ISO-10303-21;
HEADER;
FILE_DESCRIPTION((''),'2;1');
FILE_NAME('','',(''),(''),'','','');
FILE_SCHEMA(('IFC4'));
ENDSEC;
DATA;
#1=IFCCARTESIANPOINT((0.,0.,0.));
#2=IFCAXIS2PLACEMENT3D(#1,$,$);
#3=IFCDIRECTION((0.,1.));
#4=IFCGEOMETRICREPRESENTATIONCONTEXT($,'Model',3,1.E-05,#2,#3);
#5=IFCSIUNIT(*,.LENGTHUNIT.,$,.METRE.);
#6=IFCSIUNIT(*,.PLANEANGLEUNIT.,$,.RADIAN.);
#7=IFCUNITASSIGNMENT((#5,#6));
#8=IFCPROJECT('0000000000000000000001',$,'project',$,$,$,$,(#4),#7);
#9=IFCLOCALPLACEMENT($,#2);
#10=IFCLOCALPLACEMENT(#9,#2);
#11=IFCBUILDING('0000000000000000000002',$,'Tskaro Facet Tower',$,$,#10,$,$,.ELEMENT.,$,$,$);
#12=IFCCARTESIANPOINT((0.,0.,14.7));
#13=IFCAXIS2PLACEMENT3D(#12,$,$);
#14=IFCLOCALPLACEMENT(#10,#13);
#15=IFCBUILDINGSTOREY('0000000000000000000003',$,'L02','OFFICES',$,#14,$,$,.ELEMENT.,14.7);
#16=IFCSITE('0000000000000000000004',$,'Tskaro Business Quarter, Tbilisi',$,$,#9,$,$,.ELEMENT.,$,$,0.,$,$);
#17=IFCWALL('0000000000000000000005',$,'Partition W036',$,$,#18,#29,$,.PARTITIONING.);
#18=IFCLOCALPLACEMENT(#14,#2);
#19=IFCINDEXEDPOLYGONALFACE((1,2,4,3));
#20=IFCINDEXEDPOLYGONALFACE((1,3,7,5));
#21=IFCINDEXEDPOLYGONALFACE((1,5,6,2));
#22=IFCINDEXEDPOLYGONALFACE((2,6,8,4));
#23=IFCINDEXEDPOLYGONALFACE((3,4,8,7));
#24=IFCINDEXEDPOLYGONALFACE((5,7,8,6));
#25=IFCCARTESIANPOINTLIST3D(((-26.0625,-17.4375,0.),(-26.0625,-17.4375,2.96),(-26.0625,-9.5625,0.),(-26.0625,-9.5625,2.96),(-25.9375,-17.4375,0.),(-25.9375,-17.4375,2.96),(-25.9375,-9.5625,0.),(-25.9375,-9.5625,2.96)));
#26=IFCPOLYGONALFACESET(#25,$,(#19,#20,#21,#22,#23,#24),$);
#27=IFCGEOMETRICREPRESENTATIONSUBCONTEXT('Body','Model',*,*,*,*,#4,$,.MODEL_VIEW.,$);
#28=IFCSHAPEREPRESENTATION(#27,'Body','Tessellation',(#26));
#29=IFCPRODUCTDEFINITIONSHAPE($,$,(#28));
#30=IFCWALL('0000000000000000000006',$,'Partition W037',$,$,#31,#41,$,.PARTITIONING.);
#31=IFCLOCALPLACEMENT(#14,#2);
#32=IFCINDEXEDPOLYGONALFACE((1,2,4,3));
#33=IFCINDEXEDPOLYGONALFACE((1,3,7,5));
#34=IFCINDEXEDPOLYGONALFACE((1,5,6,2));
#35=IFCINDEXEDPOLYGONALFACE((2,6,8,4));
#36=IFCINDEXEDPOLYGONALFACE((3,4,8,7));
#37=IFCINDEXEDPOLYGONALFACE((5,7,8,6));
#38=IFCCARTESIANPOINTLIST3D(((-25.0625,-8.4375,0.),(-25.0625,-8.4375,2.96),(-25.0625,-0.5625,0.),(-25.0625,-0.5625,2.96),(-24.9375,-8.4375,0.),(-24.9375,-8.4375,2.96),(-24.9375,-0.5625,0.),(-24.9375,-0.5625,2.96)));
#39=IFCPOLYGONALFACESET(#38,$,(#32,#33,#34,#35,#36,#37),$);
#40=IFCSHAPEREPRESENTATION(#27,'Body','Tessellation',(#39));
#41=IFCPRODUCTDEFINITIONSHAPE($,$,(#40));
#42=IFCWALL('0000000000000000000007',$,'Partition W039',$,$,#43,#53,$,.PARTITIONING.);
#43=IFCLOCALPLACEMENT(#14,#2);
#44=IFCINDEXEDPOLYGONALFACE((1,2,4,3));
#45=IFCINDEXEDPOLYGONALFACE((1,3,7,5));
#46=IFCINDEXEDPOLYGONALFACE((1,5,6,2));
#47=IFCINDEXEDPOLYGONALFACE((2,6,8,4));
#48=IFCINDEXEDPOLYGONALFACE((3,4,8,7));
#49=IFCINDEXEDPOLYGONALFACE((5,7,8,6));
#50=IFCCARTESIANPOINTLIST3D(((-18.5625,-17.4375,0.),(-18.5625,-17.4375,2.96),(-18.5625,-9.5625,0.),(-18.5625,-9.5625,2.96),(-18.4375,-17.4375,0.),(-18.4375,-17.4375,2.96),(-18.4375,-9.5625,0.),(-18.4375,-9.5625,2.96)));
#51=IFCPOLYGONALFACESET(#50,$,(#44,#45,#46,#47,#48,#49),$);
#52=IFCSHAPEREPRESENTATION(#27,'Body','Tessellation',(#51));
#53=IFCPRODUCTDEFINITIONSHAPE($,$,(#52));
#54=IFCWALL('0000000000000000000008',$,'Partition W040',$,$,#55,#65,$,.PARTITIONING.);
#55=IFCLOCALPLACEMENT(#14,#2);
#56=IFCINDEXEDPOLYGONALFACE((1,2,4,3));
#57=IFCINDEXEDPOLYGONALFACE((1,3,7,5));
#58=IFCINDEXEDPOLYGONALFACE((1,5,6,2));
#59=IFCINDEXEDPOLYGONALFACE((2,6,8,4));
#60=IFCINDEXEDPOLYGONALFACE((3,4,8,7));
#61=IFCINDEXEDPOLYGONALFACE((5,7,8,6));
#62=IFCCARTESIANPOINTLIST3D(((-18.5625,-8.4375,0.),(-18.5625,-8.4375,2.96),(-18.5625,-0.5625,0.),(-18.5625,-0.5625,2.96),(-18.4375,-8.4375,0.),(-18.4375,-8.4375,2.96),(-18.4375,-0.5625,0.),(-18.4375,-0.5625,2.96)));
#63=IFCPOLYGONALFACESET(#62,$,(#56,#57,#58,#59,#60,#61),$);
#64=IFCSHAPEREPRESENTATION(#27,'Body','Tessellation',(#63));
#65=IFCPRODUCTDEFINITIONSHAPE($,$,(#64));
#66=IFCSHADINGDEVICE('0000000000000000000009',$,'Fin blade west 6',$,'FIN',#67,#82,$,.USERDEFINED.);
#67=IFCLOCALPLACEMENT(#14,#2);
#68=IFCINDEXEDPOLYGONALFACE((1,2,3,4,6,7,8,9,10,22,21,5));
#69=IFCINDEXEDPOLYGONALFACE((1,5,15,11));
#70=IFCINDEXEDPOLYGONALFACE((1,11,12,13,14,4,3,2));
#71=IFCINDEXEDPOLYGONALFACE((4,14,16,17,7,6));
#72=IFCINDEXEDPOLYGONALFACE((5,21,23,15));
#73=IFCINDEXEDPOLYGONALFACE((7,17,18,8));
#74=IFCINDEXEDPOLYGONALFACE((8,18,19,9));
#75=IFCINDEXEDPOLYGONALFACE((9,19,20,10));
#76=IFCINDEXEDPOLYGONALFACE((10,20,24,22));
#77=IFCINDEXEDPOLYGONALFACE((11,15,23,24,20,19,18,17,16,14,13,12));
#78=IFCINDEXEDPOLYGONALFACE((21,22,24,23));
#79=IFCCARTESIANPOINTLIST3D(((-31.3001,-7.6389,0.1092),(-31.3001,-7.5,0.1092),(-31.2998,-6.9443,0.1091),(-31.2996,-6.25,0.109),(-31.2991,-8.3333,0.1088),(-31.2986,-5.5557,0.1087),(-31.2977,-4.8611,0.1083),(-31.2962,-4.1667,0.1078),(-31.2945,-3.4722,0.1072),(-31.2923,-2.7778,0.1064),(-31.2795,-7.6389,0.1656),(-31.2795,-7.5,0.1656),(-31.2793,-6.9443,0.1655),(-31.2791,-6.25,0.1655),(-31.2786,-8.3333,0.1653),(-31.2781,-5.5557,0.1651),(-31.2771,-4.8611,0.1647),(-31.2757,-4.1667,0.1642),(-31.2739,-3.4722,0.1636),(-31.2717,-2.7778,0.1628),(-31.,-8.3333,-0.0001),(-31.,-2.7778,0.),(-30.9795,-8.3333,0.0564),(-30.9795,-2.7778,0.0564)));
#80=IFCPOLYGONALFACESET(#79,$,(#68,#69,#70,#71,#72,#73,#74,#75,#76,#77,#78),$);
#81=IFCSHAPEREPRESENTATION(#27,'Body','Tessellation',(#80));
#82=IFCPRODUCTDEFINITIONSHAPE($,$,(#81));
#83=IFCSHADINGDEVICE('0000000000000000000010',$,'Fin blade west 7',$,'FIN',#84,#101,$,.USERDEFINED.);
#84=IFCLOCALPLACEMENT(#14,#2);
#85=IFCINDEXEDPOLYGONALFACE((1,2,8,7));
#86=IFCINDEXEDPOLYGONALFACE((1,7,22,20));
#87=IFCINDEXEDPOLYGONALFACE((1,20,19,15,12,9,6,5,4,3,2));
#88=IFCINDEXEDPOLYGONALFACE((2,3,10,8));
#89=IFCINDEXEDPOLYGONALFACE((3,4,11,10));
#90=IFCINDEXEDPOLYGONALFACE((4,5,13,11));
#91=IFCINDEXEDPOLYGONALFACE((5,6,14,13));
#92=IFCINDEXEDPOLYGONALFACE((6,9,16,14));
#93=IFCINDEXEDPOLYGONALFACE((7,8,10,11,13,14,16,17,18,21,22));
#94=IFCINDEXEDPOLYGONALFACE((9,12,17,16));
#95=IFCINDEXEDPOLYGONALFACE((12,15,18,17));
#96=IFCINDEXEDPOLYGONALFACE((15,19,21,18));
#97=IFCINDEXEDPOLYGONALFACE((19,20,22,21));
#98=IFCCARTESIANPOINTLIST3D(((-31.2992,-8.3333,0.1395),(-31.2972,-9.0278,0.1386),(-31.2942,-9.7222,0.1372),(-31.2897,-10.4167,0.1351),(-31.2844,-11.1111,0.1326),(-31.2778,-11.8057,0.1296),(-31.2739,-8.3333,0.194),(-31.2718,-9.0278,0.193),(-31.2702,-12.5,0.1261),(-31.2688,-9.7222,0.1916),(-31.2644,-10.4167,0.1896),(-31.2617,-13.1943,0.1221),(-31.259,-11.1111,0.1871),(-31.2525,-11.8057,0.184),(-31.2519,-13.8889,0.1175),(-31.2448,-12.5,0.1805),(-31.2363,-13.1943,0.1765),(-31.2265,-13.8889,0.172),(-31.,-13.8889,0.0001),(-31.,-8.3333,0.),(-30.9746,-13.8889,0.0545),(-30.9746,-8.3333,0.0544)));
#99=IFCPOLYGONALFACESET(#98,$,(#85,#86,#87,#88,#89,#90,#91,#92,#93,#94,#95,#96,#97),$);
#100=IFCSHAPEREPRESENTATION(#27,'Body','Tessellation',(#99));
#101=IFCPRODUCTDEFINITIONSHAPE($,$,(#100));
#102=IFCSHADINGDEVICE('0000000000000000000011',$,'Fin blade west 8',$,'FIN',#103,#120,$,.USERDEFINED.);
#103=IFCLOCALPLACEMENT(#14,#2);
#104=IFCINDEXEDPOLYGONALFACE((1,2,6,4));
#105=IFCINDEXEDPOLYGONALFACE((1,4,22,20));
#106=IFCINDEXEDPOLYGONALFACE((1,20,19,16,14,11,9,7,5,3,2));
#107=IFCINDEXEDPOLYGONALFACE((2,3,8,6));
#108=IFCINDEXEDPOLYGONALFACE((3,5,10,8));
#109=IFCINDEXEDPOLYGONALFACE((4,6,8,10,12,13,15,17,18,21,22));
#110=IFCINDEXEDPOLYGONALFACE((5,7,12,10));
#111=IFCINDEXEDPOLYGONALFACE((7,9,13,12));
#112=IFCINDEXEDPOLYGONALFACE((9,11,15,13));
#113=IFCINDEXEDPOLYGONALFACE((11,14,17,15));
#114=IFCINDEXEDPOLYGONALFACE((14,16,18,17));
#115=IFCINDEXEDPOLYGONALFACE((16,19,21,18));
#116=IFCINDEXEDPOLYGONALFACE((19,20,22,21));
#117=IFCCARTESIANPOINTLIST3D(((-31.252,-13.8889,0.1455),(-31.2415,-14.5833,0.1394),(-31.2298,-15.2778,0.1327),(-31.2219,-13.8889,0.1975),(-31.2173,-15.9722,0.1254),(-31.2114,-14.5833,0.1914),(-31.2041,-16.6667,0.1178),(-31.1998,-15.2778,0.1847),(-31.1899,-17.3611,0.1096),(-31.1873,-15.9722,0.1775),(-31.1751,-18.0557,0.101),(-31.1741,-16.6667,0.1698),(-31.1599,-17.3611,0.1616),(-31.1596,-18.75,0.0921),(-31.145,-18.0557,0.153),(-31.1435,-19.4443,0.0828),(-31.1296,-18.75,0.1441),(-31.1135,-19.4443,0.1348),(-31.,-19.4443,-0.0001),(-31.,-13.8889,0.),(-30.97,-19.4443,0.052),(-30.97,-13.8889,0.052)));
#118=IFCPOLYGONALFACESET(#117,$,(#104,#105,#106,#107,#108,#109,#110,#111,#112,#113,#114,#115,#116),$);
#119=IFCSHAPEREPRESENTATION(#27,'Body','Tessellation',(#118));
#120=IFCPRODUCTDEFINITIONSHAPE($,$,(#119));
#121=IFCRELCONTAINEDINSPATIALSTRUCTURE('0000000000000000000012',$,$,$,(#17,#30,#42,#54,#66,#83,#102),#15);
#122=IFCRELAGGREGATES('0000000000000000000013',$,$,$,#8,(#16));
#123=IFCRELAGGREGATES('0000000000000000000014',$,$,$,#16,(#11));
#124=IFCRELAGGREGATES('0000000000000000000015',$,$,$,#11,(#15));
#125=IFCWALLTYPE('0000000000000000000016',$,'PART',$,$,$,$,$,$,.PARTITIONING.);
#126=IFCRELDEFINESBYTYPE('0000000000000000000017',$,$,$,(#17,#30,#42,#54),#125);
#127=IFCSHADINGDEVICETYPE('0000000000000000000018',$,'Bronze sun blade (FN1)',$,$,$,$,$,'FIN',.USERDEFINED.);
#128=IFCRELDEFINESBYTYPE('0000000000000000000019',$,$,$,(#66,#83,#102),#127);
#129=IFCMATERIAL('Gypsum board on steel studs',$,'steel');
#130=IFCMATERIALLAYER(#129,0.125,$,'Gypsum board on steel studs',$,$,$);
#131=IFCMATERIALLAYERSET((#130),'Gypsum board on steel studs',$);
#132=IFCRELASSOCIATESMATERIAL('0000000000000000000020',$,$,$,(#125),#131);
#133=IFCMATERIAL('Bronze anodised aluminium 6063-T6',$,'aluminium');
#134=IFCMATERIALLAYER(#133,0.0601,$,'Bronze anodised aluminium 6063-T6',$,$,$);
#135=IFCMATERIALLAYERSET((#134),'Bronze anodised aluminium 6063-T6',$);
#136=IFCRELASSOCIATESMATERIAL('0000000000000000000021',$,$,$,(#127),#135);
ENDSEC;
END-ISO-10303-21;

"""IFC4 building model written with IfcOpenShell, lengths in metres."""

from ifc_helpers import new_model, si_unit, direction, frame, frame_2d, origin, place, context, subcontext, project, spatial, polyline, rectangle, outline, extrude, material, layer, layer_set, type_object, element, save


model = new_model("IFC4")

# Units and contexts
model_context = context("Model", 3, precision=1e-05, world=origin(), true_north=direction((0.0, 1.0)))
body_context = subcontext(model_context, "Body", "Model", "MODEL_VIEW")
ifc_project = project(units=[si_unit("LENGTHUNIT", "METRE"), si_unit("PLANEANGLEUNIT", "RADIAN")], contexts=[model_context])

# Site, building, storey
site_placement = place(None, origin())
site = spatial("IfcSite", under=ifc_project, at=site_placement, Name="Tskaro Business Quarter, Tbilisi", CompositionType="ELEMENT", RefElevation=0.0)
building_placement = place(site_placement, origin())
building = spatial("IfcBuilding", under=site, at=building_placement, Name="Tskaro Facet Tower", CompositionType="ELEMENT")
storey_placement = place(building_placement, frame((0.0, 0.0, 14.7)))
storey = spatial("IfcBuildingStorey", under=building, at=storey_placement, Name="L02", Description="OFFICES", CompositionType="ELEMENT", Elevation=14.7)

# Shared definitions
ifc_material_1 = material(Name="Bronze anodised aluminium 6063-T6", Category="aluminium")

# Shared definitions
ifc_material_2 = material(Name="Gypsum board on steel studs", Category="steel")
ifc_layer_1 = layer(ifc_material_2, 0.125, Name="Gypsum board on steel studs")
ifc_layer_set_1 = layer_set([ifc_layer_1], Name="Gypsum board on steel studs")
wall_type = type_object("IfcWallType", Name="PART", PredefinedType="PARTITIONING", material=ifc_layer_set_1)

# Walls
for number, where, z_axis, x_axis, name in (
    (1, (-26.0, -17.4375, 0.0), (0.0, 0.0, 1.0), (0.0, 1.0, 0.0), "Partition W036"),
    (2, (-25.0, -8.4375, 0.0), (0.0, 0.0, 1.0), (0.0, 1.0, 0.0), "Partition W037"),
    (3, (-18.5, -17.4375, 0.0), (0.0, 0.0, 1.0), (0.0, 1.0, 0.0), "Partition W039"),
    (4, (-18.5, -8.4375, 0.0), (0.0, 0.0, 1.0), (0.0, 1.0, 0.0), "Partition W040"),
):
    element("IfcWall", number, at=place(storey_placement, frame(where, z_axis=z_axis, x_axis=x_axis)), inside=storey, type_object=wall_type, Name=name, PredefinedType="PARTITIONING", context=body_context, shape_type="SweptSolid", body=[
        extrude(rectangle(XDim=7.875, YDim=0.125, at=frame_2d((3.9375, 0.0))), origin(), (0.0, 0.0, 1.0), 2.96),
    ])

# Shading devices
ifc_layer_2 = layer(ifc_material_1, 0.0601, Name="Bronze anodised aluminium 6063-T6")
ifc_layer_set_2 = layer_set([ifc_layer_2], Name="Bronze anodised aluminium 6063-T6")
shading_device_type = type_object("IfcShadingDeviceType", Name="Bronze sun blade (FN1)", ElementType="FIN", PredefinedType="USERDEFINED", material=ifc_layer_set_2)
shading_device_1_placement = place(storey_placement, frame((-30.9795, -2.7778, 0.0564), z_axis=(0.342111, -0.000004, 0.939659), x_axis=(-0.000001, -1.0, -0.000004)))
element("IfcShadingDevice", 5, at=shading_device_1_placement, inside=storey, type_object=shading_device_type, Name="Fin blade west 6", ObjectType="FIN", PredefinedType="USERDEFINED", context=body_context, shape_type="SweptSolid", body=[
    extrude(outline(polyline([(0.0, 0.0), (5.5554, 0.0), (5.5554, -0.3183), (4.8611, -0.3193), (4.7222, -0.3193), (4.1665, -0.319), (3.4722, -0.3188), (2.7778, -0.3177), (2.0833, -0.3167), (1.3889, -0.3152), (0.6943, -0.3133), (0.0, -0.311), (0.0, 0.0)])), origin(), (0.0, 0.0, -1.0), 0.0601),
])
shading_device_2_placement = place(storey_placement, frame((-30.9746, -8.3333, 0.0544), z_axis=(0.422589, 0.00001, 0.906321), x_axis=(0.000004, -1.0, 0.000009)))
element("IfcShadingDevice", 6, at=shading_device_2_placement, inside=storey, type_object=shading_device_type, Name="Fin blade west 7", ObjectType="FIN", PredefinedType="USERDEFINED", context=body_context, shape_type="SweptSolid", body=[
    extrude(outline(polyline([(0.0, 0.0), (5.5557, 0.0), (5.5557, -0.278), (4.8611, -0.2888), (4.1667, -0.2982), (3.4724, -0.3066), (2.7778, -0.3138), (2.0835, -0.3197), (1.3889, -0.3246), (0.6946, -0.3279), (0.0, -0.3302), (0.0, 0.0)])), origin(), (0.0, 0.0, -1.0), 0.0601),
])
shading_device_3_placement = place(storey_placement, frame((-30.97, -13.8889, 0.052), z_axis=(0.500032, -0.00001, 0.866007), x_axis=(-0.000005, -1.0, -0.000009)))
element("IfcShadingDevice", 7, at=shading_device_3_placement, inside=storey, type_object=shading_device_type, Name="Fin blade west 8", ObjectType="FIN", PredefinedType="USERDEFINED", context=body_context, shape_type="SweptSolid", body=[
    extrude(outline(polyline([(0.0, 0.0), (5.5554, 0.0), (5.5554, -0.1657), (4.8611, -0.1843), (4.1667, -0.2021), (3.4722, -0.2193), (2.7778, -0.2357), (2.0833, -0.2509), (1.3889, -0.2654), (0.6943, -0.2788), (0.0, -0.291), (0.0, 0.0)])), origin(), (0.0, 0.0, -1.0), 0.0601),
])

save(model, "model.ifc")
